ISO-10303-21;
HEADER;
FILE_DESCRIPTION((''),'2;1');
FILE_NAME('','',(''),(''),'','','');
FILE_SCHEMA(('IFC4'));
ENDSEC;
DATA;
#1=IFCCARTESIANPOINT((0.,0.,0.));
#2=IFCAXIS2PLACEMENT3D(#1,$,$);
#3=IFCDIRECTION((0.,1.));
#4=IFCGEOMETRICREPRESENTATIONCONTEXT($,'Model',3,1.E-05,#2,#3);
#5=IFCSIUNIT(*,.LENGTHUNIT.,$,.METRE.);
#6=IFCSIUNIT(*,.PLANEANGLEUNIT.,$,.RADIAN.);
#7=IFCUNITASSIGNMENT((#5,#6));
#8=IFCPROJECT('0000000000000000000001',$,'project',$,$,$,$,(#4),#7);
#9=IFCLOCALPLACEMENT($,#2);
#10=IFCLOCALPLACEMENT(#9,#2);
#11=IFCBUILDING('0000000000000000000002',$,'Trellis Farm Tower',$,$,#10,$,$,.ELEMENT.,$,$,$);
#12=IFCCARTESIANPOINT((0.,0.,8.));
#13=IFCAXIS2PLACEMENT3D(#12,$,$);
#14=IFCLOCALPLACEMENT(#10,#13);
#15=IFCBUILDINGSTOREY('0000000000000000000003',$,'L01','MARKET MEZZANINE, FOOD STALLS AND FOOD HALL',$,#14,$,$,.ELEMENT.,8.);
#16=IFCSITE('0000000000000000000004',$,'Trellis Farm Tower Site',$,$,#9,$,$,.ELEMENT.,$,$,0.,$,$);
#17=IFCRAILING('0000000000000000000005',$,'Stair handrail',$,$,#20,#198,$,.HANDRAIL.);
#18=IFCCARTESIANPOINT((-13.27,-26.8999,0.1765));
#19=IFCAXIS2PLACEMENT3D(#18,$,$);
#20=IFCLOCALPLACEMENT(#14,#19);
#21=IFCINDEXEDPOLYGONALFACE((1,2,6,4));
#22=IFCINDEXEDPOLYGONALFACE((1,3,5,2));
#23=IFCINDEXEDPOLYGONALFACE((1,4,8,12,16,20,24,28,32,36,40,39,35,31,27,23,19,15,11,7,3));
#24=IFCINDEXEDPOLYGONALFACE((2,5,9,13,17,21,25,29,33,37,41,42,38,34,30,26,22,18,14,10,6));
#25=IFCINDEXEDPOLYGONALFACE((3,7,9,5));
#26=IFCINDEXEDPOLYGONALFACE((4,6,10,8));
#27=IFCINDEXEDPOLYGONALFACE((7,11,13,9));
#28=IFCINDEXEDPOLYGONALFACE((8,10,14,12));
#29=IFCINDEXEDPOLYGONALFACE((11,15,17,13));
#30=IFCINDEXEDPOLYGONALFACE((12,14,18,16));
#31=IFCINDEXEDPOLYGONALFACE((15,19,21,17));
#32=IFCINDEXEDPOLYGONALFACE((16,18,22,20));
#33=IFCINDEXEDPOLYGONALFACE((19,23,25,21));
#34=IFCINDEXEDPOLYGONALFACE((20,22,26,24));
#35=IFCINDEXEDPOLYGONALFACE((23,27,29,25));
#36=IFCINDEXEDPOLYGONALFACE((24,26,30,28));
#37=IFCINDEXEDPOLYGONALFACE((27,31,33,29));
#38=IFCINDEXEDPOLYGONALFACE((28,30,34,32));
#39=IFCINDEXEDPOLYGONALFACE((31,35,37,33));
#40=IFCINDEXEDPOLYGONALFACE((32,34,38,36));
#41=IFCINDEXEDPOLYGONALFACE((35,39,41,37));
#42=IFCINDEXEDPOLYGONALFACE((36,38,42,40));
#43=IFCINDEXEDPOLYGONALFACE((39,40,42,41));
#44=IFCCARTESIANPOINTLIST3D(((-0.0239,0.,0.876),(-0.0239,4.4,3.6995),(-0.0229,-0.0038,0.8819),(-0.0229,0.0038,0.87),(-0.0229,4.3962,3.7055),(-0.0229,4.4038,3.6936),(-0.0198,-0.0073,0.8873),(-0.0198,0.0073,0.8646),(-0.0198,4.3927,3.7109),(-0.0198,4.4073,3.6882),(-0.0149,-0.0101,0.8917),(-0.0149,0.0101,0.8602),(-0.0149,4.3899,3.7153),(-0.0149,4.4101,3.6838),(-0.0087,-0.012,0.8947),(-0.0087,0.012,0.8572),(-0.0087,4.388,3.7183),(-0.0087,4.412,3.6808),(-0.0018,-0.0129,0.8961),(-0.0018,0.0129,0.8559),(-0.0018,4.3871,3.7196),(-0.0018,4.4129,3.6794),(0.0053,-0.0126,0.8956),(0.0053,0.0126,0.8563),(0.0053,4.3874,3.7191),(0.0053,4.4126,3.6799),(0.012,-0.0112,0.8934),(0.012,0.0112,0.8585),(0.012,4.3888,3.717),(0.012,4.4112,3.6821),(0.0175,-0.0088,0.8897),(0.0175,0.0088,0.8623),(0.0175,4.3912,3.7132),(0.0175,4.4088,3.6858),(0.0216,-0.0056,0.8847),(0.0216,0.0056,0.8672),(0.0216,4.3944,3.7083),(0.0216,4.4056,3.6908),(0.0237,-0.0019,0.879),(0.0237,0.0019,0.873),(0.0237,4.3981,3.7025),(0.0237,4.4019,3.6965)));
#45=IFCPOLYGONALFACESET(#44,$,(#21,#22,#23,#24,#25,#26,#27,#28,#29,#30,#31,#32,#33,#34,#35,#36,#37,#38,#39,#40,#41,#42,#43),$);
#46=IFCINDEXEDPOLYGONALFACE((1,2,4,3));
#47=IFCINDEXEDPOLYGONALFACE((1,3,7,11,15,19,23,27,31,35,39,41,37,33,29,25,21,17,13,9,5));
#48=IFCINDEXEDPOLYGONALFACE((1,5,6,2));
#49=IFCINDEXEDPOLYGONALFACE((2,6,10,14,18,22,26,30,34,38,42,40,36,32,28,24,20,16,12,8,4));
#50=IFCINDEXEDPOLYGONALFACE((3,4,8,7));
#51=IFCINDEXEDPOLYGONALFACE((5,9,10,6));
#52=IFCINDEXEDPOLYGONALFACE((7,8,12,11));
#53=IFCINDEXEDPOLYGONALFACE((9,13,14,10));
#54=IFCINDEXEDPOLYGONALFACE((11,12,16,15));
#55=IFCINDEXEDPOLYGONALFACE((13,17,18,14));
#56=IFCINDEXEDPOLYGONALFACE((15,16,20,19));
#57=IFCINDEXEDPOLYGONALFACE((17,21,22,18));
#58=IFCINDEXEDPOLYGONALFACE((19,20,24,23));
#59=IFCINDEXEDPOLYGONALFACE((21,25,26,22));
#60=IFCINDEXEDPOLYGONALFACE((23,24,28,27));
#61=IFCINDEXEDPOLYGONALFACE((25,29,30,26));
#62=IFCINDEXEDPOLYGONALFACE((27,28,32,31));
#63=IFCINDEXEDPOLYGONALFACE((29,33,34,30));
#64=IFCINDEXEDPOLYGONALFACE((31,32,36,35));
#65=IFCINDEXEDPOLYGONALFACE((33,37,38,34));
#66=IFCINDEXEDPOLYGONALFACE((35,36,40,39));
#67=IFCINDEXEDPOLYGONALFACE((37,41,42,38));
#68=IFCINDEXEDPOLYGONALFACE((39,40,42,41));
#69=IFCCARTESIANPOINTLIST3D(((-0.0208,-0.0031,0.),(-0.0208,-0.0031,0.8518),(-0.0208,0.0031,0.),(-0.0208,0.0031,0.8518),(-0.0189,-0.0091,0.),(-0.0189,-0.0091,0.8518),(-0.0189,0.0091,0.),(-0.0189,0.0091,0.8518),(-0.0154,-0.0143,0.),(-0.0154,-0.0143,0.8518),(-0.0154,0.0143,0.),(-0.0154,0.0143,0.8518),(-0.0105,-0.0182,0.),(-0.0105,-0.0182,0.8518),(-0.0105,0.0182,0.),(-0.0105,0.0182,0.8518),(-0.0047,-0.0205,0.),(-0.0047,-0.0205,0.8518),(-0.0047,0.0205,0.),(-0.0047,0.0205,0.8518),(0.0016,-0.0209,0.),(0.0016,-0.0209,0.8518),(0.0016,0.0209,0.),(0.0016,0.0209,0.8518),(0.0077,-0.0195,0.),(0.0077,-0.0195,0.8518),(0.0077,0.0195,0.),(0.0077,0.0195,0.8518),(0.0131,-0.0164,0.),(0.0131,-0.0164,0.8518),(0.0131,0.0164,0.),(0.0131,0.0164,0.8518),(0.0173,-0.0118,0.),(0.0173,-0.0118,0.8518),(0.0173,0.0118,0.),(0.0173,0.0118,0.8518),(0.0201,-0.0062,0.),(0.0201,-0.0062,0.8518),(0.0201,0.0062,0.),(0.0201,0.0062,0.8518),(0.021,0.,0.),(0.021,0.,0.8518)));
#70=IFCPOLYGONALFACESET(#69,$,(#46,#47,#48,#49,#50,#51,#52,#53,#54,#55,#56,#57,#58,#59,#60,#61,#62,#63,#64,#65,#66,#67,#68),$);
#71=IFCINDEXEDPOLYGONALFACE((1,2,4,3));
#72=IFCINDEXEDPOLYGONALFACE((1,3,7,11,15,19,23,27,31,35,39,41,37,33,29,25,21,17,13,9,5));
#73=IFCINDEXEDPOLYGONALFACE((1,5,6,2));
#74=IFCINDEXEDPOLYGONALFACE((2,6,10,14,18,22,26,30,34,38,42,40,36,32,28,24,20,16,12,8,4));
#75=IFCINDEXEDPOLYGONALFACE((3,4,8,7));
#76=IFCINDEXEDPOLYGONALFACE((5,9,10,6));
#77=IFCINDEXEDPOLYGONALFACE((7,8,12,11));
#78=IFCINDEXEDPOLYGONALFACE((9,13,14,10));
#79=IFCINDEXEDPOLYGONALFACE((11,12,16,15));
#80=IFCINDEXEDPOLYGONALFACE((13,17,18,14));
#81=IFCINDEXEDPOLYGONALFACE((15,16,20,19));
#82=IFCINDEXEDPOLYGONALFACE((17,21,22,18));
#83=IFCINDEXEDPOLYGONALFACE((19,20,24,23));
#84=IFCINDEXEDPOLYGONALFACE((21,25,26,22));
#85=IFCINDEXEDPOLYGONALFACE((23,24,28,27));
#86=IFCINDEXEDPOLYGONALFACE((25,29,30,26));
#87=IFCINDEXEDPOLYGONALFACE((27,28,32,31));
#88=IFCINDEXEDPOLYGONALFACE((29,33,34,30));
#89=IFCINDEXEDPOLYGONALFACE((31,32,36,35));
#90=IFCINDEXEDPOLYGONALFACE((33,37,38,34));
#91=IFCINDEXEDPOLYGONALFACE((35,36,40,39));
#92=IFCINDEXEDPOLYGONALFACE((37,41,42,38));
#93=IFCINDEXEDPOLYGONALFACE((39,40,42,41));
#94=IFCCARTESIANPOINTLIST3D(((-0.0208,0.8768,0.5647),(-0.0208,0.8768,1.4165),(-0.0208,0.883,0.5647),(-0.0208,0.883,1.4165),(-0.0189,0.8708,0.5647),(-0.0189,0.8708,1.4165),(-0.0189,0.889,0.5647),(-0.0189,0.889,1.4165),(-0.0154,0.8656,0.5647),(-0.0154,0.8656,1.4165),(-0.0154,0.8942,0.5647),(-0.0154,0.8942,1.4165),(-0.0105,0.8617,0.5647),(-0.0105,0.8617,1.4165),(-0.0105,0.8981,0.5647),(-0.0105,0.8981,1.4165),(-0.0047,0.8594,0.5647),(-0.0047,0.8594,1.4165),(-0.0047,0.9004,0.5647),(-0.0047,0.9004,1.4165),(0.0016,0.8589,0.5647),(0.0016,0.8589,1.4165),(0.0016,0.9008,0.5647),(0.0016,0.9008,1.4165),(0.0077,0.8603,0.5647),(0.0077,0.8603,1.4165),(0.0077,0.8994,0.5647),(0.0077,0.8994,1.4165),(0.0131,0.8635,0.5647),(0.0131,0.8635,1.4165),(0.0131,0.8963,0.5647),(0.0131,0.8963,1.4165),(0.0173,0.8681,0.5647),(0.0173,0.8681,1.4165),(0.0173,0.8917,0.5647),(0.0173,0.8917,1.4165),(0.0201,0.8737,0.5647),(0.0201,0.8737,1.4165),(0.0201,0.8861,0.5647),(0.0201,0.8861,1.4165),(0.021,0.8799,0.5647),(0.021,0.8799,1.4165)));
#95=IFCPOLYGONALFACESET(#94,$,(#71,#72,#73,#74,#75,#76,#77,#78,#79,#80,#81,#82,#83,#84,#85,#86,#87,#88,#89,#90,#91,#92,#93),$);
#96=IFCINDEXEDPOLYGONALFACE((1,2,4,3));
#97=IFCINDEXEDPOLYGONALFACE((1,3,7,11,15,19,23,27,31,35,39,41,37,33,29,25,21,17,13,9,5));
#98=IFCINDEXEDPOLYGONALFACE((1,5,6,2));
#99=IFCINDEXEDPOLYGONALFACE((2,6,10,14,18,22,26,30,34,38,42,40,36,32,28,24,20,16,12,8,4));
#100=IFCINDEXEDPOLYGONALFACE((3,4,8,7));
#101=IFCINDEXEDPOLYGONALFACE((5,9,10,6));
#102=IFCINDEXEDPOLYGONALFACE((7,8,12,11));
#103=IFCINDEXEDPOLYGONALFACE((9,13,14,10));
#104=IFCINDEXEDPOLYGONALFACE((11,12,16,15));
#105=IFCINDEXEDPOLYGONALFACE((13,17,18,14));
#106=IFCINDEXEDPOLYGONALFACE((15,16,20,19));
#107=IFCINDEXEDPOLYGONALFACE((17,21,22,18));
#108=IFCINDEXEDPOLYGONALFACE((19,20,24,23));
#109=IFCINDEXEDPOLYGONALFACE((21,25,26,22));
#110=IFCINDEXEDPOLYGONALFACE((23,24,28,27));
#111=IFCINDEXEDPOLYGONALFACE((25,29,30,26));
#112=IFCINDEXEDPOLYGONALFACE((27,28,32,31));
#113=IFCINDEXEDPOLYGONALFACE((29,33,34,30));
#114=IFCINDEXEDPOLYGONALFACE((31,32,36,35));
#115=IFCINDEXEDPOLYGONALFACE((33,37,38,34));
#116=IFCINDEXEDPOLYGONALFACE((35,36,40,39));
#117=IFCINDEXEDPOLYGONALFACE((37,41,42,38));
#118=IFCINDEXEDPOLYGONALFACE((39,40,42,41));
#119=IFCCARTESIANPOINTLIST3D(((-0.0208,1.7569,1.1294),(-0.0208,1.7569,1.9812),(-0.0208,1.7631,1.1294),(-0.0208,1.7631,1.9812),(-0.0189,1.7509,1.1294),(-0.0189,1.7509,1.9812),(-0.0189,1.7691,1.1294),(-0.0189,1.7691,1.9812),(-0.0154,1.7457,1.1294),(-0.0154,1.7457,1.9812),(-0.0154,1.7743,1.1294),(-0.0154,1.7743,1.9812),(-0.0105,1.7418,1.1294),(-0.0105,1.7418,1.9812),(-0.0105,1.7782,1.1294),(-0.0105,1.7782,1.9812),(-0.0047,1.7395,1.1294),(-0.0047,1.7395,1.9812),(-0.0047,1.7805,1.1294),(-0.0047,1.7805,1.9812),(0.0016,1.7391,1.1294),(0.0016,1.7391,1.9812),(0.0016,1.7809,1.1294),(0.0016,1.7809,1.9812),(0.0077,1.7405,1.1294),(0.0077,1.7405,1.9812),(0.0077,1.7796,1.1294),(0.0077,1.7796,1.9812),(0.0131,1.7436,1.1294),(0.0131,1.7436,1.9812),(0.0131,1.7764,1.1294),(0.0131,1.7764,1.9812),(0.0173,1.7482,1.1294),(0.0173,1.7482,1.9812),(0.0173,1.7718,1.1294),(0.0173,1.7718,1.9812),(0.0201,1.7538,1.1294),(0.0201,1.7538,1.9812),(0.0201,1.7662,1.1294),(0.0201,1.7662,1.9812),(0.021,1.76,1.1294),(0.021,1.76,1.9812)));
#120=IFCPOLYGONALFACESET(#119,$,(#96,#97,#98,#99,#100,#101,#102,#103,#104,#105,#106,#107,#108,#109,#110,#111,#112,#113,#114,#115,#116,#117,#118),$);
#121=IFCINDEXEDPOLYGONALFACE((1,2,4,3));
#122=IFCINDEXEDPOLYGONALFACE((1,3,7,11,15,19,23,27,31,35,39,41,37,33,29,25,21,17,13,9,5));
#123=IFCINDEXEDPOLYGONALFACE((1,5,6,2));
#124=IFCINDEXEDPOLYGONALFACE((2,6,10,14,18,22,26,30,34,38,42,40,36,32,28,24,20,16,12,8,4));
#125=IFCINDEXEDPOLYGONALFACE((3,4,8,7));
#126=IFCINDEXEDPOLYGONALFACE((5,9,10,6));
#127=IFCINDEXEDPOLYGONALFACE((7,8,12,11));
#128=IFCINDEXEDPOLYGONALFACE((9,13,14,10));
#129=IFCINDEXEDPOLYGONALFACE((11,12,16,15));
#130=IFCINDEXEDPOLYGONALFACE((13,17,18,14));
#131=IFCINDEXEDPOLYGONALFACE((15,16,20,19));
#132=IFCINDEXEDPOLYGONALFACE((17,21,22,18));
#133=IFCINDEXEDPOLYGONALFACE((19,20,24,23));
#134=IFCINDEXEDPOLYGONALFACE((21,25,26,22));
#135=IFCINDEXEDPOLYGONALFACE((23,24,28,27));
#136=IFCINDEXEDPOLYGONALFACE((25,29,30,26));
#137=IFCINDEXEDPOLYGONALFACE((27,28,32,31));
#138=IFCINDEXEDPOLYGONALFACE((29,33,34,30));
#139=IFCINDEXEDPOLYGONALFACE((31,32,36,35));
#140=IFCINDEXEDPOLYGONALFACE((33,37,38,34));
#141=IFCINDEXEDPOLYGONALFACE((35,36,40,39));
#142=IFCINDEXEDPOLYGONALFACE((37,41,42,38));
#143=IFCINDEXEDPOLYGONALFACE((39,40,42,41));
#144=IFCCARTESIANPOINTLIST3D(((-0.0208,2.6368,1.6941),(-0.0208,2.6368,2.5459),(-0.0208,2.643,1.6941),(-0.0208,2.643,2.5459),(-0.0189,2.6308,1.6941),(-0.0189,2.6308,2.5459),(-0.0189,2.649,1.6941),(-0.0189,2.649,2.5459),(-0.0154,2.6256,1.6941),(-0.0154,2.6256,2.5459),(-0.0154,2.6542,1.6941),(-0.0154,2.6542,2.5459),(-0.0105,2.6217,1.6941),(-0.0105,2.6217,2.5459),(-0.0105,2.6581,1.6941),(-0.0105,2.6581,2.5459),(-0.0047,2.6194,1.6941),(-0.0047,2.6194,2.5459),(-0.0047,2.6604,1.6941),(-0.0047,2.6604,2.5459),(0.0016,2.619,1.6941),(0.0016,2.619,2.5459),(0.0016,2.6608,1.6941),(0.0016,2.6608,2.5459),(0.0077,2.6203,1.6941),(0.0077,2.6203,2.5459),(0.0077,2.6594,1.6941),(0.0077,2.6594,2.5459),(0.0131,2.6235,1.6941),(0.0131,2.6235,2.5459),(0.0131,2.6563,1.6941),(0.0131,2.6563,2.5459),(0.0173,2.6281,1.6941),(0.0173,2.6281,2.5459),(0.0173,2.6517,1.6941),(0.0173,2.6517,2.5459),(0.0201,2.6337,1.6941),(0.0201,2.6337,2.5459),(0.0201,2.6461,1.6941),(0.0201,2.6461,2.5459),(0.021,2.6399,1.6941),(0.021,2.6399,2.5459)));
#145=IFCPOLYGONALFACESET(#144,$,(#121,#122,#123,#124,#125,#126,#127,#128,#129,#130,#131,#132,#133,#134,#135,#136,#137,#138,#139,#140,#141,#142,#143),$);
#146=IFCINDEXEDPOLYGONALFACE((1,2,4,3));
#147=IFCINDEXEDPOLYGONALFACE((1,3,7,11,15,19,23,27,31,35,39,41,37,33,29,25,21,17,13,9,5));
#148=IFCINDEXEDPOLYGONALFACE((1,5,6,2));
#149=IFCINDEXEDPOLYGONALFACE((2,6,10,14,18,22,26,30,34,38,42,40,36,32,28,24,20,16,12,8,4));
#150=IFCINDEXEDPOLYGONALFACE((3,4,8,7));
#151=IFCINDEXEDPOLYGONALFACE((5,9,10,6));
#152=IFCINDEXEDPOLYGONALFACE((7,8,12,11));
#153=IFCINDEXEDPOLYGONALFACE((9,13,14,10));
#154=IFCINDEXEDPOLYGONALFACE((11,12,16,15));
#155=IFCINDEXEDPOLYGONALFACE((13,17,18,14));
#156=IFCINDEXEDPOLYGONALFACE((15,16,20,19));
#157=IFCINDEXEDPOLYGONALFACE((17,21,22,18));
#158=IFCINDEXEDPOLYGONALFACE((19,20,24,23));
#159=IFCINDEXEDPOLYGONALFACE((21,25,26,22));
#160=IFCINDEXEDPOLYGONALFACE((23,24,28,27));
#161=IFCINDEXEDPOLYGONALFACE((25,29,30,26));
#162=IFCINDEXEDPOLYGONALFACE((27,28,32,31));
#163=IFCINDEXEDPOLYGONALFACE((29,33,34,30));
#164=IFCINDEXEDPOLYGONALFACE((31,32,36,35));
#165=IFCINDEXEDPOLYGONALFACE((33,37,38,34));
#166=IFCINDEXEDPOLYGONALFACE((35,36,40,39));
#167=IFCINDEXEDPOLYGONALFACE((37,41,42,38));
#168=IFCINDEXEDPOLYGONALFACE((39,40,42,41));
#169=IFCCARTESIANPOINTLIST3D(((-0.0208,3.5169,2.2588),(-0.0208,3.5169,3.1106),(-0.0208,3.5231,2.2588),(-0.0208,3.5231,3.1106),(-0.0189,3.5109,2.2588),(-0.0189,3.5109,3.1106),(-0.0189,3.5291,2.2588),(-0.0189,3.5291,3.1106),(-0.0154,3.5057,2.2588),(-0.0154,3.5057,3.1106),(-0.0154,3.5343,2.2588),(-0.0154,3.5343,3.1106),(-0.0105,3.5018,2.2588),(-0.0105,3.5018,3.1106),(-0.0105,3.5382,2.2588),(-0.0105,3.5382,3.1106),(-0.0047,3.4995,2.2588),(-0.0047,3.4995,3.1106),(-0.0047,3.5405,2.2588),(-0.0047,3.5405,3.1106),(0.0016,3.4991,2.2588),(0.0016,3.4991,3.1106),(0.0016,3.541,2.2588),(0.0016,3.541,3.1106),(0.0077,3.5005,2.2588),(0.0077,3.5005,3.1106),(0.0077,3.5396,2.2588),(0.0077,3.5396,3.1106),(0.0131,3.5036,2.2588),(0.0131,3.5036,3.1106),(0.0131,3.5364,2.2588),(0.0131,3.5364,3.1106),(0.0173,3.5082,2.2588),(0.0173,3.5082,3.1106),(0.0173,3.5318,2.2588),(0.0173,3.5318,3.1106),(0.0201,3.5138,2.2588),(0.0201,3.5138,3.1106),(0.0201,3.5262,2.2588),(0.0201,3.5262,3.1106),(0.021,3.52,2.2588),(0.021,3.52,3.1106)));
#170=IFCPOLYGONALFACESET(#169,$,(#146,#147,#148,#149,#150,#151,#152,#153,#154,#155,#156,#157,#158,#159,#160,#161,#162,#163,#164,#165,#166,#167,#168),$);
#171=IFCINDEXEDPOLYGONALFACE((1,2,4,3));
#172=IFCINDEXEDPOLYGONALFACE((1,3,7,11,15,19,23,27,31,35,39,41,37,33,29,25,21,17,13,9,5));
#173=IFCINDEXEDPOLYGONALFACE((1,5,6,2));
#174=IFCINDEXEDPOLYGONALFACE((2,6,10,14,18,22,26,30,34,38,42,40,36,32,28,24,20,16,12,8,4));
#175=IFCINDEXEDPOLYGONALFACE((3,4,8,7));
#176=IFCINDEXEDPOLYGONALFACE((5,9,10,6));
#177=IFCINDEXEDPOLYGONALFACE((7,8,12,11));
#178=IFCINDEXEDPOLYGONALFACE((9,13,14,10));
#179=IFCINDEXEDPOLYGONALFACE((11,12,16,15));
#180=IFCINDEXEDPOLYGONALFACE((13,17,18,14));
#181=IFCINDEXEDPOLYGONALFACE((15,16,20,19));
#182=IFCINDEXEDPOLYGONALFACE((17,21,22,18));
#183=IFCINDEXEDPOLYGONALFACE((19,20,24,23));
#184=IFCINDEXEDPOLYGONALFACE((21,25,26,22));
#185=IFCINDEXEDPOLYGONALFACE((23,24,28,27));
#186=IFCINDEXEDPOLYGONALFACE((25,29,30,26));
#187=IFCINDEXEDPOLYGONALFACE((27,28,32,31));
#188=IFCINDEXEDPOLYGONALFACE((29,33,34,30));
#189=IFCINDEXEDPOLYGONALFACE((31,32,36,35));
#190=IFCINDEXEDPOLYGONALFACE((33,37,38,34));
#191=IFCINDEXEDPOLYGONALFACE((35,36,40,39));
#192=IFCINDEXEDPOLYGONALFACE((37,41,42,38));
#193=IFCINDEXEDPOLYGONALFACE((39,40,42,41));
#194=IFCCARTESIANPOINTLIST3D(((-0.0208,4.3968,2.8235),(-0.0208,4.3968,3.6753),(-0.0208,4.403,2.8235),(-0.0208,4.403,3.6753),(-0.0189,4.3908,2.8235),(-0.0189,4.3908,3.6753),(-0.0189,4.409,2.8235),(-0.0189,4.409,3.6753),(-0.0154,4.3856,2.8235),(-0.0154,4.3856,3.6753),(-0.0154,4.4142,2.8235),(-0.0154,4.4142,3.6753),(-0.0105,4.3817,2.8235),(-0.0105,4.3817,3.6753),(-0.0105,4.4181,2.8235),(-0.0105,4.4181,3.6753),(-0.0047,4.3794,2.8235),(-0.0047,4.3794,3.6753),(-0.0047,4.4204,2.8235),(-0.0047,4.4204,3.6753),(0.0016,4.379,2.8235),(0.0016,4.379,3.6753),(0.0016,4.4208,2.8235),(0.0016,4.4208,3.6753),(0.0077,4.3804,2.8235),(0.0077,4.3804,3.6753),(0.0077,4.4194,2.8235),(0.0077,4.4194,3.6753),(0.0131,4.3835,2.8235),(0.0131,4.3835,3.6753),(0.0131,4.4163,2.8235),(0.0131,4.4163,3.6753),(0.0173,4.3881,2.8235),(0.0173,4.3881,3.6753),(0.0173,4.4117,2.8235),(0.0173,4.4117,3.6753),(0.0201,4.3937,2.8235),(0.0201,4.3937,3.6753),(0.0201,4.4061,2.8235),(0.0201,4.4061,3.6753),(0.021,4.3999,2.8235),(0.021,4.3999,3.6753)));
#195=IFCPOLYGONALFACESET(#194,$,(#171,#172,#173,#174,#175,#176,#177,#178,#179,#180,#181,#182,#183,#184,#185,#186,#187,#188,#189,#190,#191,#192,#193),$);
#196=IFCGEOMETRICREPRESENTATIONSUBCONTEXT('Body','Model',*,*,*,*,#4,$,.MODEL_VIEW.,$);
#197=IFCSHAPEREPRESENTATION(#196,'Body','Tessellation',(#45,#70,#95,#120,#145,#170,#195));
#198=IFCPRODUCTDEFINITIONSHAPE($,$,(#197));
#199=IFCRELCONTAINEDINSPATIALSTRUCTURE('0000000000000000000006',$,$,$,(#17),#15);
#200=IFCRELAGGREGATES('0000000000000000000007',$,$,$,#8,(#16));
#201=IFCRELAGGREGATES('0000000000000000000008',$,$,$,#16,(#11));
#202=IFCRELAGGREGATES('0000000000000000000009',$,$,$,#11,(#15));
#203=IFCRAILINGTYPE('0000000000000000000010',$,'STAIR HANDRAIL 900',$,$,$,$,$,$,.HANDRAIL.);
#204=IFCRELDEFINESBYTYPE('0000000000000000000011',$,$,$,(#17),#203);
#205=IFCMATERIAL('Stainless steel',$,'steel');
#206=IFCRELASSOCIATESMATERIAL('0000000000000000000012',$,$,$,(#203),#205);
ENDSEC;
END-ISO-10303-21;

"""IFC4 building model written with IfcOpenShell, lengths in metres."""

from ifc_helpers import new_model, si_unit, direction, frame, origin, origin_2d, place, context, subcontext, project, spatial, circle, extrude, source, transform, mapped, material, type_object, element, save


model = new_model("IFC4")

# Units and contexts
model_context = context("Model", 3, precision=1e-05, world=origin(), true_north=direction((0.0, 1.0)))
body_context = subcontext(model_context, "Body", "Model", "MODEL_VIEW")
ifc_project = project(units=[si_unit("LENGTHUNIT", "METRE"), si_unit("PLANEANGLEUNIT", "RADIAN")], contexts=[model_context])

# Site, building, storey
site_placement = place(None, origin())
site = spatial("IfcSite", under=ifc_project, at=site_placement, Name="Trellis Farm Tower Site", CompositionType="ELEMENT", RefElevation=0.0)
building_placement = place(site_placement, origin())
building = spatial("IfcBuilding", under=site, at=building_placement, Name="Trellis Farm Tower", CompositionType="ELEMENT")
storey_placement = place(building_placement, frame((0.0, 0.0, 8.0)))
storey = spatial("IfcBuildingStorey", under=building, at=storey_placement, Name="L01", Description="MARKET MEZZANINE, FOOD STALLS AND FOOD HALL", CompositionType="ELEMENT", Elevation=8.0)

# Railing
ifc_material_1 = material(Name="Stainless steel", Category="steel")
railing_type = type_object("IfcRailingType", Name="STAIR HANDRAIL 900", PredefinedType="HANDRAIL", material=ifc_material_1)
shared_shape_1 = source(origin(), body_context, "Body", "SweptSolid", [
    extrude(circle(Radius=0.0239, at=origin_2d()), frame((0.0, 0.0, 0.876), z_axis=(0.0, 0.841615, 0.540078), x_axis=(-1.0, 0.0, 0.0)), (0.0, 0.0, 1.0), 5.228),
    extrude(circle(Radius=0.021, at=origin_2d()), origin(), (0.0, 0.0, 1.0), 0.8518),
    extrude(circle(Radius=0.021, at=origin_2d()), frame((0.0, 0.8799, 0.5647)), (0.0, 0.0, 1.0), 0.8518),
    extrude(circle(Radius=0.021, at=origin_2d()), frame((0.0, 1.76, 1.1294)), (0.0, 0.0, 1.0), 0.8518),
    extrude(circle(Radius=0.021, at=origin_2d()), frame((0.0, 2.6399, 1.6941)), (0.0, 0.0, 1.0), 0.8518),
    extrude(circle(Radius=0.021, at=origin_2d()), frame((0.0, 3.52, 2.2588)), (0.0, 0.0, 1.0), 0.8518),
    extrude(circle(Radius=0.021, at=origin_2d()), frame((0.0, 4.3999, 2.8235)), (0.0, 0.0, 1.0), 0.8518),
])
for number, where, name in (
    (1, (-13.27, -26.8999, 0.1765), "Stair handrail"),
):
    element("IfcRailing", number, at=place(storey_placement, frame(where)), inside=storey, type_object=railing_type, Name=name, PredefinedType="HANDRAIL", context=body_context, shape_type="MappedRepresentation", body=[
        mapped(shared_shape_1, transform((0.0, 0.0, 0.0))),
    ])

save(model, "model.ifc")
